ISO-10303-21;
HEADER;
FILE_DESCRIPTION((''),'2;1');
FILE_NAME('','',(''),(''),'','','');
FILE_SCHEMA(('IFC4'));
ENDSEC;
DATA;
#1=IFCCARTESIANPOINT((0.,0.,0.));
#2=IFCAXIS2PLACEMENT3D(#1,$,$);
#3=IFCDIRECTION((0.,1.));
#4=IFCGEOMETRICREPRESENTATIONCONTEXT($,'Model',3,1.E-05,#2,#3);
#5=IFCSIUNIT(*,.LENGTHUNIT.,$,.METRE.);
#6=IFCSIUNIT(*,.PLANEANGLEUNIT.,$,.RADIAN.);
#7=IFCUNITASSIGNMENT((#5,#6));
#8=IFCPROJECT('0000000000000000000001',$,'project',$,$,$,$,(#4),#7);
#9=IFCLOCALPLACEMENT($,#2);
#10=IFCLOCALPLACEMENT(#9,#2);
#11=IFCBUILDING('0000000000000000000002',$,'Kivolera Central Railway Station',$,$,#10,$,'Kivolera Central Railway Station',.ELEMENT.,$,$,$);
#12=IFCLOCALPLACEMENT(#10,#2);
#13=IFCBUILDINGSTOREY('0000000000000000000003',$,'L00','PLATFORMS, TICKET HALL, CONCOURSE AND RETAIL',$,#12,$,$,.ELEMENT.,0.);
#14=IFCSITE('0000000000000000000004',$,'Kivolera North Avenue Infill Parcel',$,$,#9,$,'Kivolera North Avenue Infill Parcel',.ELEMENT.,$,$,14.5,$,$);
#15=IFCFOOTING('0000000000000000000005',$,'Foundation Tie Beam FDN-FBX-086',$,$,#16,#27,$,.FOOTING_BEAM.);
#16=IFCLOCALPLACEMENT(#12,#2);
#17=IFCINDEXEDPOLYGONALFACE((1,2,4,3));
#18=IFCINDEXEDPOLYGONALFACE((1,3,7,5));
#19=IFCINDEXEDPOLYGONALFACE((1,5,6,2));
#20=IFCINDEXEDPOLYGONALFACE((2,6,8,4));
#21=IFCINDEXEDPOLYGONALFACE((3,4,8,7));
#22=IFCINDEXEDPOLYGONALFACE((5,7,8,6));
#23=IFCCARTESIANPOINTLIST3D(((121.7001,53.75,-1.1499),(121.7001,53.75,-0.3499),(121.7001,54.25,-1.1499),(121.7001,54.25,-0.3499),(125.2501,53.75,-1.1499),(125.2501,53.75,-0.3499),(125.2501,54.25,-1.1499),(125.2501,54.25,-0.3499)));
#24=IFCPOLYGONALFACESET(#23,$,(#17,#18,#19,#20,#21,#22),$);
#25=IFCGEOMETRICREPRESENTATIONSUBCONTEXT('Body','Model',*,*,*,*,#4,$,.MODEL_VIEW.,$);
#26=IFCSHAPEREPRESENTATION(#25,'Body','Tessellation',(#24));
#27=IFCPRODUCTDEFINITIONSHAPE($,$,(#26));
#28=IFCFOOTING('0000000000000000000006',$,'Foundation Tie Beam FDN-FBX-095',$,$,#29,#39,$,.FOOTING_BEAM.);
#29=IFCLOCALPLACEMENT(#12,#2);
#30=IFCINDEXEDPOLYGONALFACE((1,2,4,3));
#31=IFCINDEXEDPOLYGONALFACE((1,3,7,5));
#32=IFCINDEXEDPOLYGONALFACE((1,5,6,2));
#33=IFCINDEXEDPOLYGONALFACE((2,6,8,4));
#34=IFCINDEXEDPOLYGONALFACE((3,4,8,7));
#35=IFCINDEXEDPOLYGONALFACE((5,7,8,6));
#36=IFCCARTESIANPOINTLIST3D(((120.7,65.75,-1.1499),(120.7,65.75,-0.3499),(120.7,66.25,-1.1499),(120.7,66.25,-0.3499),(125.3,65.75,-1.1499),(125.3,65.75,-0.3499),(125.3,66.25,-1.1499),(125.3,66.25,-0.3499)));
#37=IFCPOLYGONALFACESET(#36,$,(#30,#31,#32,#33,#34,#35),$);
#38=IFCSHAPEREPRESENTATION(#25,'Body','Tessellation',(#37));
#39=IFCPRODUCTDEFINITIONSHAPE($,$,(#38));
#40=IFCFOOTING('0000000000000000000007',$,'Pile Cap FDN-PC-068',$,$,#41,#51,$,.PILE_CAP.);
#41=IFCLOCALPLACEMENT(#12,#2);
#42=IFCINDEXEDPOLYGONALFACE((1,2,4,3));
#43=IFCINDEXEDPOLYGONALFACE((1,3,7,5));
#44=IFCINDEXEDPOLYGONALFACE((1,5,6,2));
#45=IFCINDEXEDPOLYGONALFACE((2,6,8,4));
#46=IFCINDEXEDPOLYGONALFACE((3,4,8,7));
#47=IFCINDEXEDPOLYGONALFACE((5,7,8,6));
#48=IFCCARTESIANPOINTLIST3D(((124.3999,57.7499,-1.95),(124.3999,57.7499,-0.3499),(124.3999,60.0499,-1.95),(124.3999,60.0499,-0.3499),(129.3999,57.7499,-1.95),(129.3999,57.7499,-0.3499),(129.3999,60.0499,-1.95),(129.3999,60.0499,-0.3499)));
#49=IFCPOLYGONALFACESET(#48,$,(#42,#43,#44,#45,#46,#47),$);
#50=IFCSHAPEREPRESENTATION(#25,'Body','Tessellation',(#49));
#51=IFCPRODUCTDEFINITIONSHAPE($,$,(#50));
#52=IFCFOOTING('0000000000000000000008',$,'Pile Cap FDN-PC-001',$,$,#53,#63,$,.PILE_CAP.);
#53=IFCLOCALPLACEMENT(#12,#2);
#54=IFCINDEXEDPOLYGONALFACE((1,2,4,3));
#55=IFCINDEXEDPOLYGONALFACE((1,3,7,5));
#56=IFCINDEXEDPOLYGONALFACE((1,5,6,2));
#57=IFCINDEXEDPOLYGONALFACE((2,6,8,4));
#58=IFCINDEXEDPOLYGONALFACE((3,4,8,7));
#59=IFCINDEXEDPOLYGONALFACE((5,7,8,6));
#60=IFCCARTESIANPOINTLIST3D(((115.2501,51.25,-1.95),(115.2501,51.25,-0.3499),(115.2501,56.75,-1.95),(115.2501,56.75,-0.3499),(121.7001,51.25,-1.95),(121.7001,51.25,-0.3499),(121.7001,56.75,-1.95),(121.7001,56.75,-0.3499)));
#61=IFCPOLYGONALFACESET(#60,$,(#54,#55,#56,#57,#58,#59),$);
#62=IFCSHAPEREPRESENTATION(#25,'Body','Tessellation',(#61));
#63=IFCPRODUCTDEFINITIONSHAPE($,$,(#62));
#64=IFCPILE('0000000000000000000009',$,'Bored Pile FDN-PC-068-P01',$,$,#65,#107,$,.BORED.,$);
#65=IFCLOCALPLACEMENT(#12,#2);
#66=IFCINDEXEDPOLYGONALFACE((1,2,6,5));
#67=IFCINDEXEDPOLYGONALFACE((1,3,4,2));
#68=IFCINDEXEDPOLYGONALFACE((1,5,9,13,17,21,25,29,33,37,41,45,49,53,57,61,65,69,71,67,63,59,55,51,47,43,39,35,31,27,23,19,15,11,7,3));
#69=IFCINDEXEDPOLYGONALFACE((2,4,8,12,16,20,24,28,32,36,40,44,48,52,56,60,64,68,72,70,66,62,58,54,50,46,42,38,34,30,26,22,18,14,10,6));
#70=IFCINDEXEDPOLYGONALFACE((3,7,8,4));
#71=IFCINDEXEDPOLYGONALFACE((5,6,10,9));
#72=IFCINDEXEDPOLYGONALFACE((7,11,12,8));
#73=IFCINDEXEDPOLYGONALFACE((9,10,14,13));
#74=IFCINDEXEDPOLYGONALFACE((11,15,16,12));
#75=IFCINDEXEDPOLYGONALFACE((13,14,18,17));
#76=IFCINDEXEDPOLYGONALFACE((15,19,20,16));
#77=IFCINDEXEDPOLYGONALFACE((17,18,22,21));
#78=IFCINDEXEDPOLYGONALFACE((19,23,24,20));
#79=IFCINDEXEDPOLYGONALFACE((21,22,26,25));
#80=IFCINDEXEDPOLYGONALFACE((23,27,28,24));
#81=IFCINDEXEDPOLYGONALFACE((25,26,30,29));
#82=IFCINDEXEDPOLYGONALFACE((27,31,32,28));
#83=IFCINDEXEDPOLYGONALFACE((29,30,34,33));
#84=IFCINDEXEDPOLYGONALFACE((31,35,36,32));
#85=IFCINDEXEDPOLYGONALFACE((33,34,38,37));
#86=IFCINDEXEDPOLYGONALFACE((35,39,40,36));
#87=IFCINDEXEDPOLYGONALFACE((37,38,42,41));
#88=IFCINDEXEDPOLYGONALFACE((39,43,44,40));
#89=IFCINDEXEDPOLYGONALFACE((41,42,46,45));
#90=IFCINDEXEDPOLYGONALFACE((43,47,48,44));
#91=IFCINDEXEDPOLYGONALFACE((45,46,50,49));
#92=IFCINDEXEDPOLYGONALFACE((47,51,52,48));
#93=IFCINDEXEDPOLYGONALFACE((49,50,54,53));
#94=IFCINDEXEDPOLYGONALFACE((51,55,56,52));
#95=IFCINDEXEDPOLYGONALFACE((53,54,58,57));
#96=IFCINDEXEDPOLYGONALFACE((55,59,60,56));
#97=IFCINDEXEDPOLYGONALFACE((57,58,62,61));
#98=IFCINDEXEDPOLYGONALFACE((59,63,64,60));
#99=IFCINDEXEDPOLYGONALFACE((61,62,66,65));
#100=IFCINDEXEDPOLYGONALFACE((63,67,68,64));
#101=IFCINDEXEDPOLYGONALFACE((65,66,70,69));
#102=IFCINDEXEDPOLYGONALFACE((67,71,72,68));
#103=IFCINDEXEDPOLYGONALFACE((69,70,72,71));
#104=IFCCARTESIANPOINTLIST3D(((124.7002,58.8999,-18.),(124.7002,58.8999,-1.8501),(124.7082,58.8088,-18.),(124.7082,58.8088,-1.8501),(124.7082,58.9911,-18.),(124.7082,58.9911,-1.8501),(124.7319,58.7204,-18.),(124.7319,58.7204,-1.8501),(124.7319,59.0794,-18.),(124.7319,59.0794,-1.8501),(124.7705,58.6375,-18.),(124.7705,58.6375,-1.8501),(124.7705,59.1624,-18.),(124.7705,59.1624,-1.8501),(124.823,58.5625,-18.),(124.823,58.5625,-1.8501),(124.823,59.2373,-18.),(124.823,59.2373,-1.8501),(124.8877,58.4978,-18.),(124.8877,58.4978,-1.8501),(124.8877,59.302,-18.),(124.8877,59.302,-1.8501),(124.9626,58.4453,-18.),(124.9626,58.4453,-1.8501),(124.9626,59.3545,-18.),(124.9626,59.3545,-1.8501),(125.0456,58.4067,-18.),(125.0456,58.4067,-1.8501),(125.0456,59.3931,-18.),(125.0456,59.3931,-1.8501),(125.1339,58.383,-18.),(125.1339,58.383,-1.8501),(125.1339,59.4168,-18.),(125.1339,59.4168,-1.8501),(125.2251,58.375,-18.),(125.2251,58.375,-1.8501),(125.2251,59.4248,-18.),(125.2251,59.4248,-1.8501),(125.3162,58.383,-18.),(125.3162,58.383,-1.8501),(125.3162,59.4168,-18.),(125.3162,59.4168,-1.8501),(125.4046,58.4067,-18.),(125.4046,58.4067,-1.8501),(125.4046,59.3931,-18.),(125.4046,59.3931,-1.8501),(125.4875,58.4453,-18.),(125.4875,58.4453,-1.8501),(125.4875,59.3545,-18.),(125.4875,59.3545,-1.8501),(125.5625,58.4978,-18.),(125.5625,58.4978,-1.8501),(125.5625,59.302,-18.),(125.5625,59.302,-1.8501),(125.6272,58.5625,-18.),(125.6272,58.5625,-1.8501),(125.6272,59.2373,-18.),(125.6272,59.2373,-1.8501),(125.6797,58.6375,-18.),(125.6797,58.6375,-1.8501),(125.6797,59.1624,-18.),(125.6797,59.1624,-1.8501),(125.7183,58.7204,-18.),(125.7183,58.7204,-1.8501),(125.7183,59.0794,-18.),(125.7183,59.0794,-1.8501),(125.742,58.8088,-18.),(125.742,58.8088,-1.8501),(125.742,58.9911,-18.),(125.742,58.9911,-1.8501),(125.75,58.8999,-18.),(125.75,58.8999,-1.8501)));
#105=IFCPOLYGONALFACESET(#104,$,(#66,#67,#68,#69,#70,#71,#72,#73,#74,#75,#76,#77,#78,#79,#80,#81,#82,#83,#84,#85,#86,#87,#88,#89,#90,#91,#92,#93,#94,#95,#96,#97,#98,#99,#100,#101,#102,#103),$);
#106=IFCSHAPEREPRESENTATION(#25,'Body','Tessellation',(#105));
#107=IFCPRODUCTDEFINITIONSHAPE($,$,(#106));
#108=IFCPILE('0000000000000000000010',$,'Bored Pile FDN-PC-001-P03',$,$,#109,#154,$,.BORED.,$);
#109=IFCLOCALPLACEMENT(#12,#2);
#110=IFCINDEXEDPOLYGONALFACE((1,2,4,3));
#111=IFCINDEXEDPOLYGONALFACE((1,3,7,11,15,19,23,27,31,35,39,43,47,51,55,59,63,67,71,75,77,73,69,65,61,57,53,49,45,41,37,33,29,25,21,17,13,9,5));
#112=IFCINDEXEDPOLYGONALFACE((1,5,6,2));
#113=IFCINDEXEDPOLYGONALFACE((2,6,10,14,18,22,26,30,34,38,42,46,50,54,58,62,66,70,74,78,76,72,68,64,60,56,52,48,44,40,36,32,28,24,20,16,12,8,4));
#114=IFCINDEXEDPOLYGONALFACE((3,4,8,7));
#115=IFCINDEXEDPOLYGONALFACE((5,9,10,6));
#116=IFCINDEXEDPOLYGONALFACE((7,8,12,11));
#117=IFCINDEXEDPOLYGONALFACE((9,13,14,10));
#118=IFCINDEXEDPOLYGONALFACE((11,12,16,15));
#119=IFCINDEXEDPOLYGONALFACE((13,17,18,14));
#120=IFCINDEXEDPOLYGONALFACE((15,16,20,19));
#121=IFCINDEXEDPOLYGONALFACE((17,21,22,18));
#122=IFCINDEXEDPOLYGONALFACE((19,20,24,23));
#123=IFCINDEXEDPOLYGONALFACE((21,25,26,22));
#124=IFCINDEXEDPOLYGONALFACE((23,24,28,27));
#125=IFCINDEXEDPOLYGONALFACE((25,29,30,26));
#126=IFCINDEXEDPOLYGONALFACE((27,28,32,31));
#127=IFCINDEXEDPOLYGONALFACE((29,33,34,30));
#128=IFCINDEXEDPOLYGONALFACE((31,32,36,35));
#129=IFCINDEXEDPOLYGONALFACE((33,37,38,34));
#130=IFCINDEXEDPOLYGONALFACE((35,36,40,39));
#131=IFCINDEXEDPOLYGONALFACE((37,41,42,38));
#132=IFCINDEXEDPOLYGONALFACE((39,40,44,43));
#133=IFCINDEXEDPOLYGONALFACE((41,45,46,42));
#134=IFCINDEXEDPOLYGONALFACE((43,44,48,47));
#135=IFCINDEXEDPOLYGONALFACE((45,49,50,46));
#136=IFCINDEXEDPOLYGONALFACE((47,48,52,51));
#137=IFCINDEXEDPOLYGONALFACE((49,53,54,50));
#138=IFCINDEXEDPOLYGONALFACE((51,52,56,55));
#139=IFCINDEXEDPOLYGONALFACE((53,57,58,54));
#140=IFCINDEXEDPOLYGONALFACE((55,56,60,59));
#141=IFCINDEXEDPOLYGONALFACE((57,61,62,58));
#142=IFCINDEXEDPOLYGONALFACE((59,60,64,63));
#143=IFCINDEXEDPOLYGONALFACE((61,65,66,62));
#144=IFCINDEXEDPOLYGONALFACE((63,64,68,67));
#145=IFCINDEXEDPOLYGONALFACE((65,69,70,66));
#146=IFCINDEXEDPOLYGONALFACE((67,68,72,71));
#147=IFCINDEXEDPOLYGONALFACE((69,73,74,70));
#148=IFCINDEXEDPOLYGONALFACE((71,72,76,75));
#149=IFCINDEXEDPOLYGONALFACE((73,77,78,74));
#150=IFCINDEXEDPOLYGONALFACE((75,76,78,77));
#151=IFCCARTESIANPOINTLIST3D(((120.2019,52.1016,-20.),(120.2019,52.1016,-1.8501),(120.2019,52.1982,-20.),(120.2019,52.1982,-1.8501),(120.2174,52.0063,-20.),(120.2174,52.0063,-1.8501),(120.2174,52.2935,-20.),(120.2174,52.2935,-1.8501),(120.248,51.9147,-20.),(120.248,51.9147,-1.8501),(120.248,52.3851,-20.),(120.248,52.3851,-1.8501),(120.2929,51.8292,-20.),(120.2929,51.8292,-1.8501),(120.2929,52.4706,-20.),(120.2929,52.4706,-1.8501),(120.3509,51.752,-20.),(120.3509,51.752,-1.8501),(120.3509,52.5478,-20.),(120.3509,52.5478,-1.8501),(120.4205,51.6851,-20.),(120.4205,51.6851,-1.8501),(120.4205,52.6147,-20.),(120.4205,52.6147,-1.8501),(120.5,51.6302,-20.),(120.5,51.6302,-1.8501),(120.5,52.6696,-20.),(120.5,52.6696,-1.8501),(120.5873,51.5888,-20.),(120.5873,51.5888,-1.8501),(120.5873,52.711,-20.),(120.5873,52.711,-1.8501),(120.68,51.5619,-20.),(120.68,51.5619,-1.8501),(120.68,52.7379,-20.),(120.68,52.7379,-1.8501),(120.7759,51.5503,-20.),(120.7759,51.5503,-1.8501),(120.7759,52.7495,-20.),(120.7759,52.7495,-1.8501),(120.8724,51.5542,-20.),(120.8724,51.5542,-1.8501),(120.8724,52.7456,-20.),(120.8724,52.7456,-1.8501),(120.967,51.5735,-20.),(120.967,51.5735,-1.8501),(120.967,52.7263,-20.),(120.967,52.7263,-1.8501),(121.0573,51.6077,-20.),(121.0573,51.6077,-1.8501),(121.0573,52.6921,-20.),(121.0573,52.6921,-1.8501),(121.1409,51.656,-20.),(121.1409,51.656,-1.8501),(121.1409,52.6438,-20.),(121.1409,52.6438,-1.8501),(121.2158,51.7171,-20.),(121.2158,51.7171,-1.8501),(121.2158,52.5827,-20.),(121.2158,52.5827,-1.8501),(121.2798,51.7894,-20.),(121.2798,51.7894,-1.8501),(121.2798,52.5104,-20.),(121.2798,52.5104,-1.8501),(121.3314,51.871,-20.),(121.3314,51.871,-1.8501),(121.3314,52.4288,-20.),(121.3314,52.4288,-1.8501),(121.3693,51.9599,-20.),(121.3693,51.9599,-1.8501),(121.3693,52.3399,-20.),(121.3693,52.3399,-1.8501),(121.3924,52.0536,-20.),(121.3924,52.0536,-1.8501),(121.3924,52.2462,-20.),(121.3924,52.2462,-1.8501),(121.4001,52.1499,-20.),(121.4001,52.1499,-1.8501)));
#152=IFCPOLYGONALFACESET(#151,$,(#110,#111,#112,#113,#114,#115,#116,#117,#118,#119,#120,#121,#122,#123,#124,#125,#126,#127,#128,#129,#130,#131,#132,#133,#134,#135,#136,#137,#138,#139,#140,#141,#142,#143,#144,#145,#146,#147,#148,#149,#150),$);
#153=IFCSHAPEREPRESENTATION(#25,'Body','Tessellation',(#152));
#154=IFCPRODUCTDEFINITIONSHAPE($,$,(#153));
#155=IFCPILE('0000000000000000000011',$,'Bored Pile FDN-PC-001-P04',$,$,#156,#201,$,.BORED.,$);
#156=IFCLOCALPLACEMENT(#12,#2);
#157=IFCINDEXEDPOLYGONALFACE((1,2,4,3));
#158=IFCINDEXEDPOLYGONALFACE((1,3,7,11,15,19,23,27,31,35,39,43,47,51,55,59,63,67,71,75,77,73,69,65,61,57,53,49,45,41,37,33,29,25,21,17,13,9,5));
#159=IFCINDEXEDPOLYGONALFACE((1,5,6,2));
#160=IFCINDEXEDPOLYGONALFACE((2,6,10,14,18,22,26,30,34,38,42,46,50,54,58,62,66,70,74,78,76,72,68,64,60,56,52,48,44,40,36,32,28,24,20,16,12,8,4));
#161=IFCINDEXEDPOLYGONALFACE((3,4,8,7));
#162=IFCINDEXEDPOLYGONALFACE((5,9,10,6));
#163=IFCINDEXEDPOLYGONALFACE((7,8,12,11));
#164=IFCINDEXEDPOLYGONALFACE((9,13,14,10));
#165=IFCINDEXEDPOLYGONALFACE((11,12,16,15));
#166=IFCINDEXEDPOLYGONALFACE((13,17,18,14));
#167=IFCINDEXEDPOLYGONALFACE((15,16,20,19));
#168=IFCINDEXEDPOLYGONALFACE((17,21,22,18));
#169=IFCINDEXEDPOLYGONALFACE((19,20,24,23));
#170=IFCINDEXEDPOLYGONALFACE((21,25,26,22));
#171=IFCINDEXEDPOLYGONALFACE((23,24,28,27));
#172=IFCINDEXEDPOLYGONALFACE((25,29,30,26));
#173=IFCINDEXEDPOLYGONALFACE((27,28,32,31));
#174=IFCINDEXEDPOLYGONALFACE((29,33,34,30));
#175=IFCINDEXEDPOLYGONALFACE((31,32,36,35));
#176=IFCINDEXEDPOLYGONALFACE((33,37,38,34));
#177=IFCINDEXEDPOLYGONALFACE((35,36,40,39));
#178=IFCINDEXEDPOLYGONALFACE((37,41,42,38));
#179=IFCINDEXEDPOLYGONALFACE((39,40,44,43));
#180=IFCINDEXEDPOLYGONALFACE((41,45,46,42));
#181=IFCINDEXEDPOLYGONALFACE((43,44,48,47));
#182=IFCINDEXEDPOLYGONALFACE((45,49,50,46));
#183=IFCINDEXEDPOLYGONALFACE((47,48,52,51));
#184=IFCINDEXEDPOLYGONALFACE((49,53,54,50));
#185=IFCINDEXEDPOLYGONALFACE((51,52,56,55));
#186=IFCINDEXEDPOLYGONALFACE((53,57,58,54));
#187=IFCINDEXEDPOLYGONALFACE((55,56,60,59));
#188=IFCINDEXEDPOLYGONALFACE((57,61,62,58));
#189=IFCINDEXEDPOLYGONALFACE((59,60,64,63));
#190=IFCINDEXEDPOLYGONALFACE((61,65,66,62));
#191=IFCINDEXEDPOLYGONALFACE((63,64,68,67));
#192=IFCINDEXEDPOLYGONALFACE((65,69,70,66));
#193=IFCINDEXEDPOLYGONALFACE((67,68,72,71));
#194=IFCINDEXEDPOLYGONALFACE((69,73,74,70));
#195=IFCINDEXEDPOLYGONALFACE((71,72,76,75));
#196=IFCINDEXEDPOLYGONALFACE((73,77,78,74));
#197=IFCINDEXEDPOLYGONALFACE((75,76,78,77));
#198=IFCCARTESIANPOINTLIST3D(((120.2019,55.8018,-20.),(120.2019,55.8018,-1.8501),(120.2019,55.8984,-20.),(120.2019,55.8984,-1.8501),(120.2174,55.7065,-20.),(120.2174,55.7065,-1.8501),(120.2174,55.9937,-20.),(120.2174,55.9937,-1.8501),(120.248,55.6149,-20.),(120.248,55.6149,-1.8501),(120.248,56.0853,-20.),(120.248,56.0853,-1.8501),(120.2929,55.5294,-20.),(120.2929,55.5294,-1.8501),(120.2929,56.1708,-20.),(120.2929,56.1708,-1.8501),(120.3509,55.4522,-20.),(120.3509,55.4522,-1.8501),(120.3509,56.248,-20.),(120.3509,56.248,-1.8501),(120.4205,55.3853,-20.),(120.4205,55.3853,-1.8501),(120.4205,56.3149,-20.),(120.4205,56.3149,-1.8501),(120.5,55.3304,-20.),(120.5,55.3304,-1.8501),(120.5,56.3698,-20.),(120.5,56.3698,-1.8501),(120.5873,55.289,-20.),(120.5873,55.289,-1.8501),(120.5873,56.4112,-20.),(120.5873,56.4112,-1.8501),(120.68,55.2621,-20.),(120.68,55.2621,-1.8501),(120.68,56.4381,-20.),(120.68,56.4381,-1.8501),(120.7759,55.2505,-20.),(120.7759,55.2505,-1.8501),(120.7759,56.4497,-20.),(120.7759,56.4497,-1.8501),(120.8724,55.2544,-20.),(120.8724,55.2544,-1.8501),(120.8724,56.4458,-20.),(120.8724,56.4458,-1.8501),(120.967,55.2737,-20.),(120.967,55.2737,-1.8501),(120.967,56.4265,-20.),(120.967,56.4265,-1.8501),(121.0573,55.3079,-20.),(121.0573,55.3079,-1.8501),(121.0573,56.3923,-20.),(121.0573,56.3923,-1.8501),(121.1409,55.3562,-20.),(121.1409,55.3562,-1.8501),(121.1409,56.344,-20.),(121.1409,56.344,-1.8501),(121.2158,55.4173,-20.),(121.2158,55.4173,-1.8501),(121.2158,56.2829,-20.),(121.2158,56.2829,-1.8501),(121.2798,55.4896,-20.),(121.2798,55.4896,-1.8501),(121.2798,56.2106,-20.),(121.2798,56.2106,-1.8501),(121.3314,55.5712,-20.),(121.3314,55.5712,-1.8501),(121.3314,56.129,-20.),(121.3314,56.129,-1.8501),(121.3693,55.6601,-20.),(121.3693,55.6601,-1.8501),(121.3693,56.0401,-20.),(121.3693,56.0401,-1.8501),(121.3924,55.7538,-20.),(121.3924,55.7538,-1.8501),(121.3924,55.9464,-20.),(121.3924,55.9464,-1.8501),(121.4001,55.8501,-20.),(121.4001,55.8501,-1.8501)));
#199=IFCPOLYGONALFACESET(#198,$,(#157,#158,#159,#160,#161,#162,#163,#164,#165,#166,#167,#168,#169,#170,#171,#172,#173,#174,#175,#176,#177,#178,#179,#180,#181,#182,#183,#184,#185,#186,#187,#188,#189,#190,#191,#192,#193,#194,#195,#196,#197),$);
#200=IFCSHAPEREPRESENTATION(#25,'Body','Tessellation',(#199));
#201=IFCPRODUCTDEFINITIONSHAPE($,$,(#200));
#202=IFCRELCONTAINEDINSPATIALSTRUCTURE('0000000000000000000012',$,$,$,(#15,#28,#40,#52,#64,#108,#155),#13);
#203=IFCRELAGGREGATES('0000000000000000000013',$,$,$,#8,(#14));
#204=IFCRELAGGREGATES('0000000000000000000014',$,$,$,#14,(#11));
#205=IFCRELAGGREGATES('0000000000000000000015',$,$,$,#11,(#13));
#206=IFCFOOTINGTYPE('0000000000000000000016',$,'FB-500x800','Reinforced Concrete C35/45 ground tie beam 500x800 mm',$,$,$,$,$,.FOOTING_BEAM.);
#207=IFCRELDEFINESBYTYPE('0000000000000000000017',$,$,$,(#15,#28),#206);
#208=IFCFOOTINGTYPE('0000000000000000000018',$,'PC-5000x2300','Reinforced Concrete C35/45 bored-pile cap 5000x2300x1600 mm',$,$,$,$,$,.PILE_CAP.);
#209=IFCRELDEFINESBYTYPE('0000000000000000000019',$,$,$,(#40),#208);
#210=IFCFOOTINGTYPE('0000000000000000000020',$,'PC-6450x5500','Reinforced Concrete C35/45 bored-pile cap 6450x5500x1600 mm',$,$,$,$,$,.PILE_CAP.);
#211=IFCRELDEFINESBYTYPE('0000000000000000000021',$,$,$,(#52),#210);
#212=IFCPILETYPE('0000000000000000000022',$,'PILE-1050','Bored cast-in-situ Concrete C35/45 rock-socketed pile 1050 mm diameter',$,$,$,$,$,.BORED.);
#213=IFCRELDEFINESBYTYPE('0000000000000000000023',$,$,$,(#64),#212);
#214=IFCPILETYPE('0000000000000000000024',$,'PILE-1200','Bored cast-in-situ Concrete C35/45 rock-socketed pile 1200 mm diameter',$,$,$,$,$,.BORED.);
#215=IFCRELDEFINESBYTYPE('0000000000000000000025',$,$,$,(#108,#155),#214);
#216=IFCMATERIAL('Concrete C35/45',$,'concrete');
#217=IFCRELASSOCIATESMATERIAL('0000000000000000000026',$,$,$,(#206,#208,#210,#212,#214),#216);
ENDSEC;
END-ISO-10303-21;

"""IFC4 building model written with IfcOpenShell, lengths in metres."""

from ifc_helpers import new_model, si_unit, direction, frame, origin, origin_2d, place, context, subcontext, project, spatial, rectangle, circle, extrude, material, material_profile, profile_set, type_object, element, save


model = new_model("IFC4")

# Units and contexts
model_context = context("Model", 3, precision=1e-05, world=origin(), true_north=direction((0.0, 1.0)))
body_context = subcontext(model_context, "Body", "Model", "MODEL_VIEW")
ifc_project = project(units=[si_unit("LENGTHUNIT", "METRE"), si_unit("PLANEANGLEUNIT", "RADIAN")], contexts=[model_context])

# Site, building, storey
site_placement = place(None, origin())
site = spatial("IfcSite", under=ifc_project, at=site_placement, Name="Kivolera North Avenue Infill Parcel", LongName="Kivolera North Avenue Infill Parcel", CompositionType="ELEMENT", RefElevation=14.5)
building_placement = place(site_placement, origin())
building = spatial("IfcBuilding", under=site, at=building_placement, Name="Kivolera Central Railway Station", LongName="Kivolera Central Railway Station", CompositionType="ELEMENT")
storey_placement = place(building_placement, origin())
storey = spatial("IfcBuildingStorey", under=building, at=storey_placement, Name="L00", Description="PLATFORMS, TICKET HALL, CONCOURSE AND RETAIL", CompositionType="ELEMENT", Elevation=0.0)

# Footings
ifc_material_1 = material(Name="Concrete C35/45", Category="concrete")
footing_type_1 = type_object("IfcFootingType", Name="FB-500x800", Description="Reinforced Concrete C35/45 ground tie beam 500x800 mm", PredefinedType="FOOTING_BEAM", material=ifc_material_1)
footing_1_placement = place(storey_placement, frame((123.4751, 54.0, -1.1499), z_axis=(0.0, 0.0, 1.0), x_axis=(1.0, 0.0, 0.0)))
element("IfcFooting", 1, at=footing_1_placement, inside=storey, type_object=footing_type_1, Name="Foundation Tie Beam FDN-FBX-086", PredefinedType="FOOTING_BEAM", context=body_context, shape_type="SweptSolid", body=[
    extrude(rectangle(XDim=3.55, YDim=0.5, at=origin_2d()), origin(), (0.0, 0.0, 1.0), 0.8),
])
footing_2_placement = place(storey_placement, frame((123.0, 66.0, -1.1499), z_axis=(0.0, 0.0, 1.0), x_axis=(1.0, 0.0, 0.0)))
element("IfcFooting", 2, at=footing_2_placement, inside=storey, type_object=footing_type_1, Name="Foundation Tie Beam FDN-FBX-095", PredefinedType="FOOTING_BEAM", context=body_context, shape_type="SweptSolid", body=[
    extrude(rectangle(XDim=4.6001, YDim=0.5, at=origin_2d()), origin(), (0.0, 0.0, 1.0), 0.8),
])
footing_type_2 = type_object("IfcFootingType", Name="PC-5000x2300", Description="Reinforced Concrete C35/45 bored-pile cap 5000x2300x1600 mm", PredefinedType="PILE_CAP", material=ifc_material_1)
footing_3_placement = place(storey_placement, frame((126.8999, 58.8999, -1.95), z_axis=(0.0, 0.0, 1.0), x_axis=(1.0, 0.0, 0.0)))
element("IfcFooting", 3, at=footing_3_placement, inside=storey, type_object=footing_type_2, Name="Pile Cap FDN-PC-068", PredefinedType="PILE_CAP", context=body_context, shape_type="SweptSolid", body=[
    extrude(rectangle(XDim=5.0, YDim=2.3, at=origin_2d()), origin(), (0.0, 0.0, 1.0), 1.6001),
])
footing_type_3 = type_object("IfcFootingType", Name="PC-6450x5500", Description="Reinforced Concrete C35/45 bored-pile cap 6450x5500x1600 mm", PredefinedType="PILE_CAP", material=ifc_material_1)
footing_4_placement = place(storey_placement, frame((118.4751, 54.0, -1.95), z_axis=(0.0, 0.0, 1.0), x_axis=(1.0, 0.0, 0.0)))
element("IfcFooting", 4, at=footing_4_placement, inside=storey, type_object=footing_type_3, Name="Pile Cap FDN-PC-001", PredefinedType="PILE_CAP", context=body_context, shape_type="SweptSolid", body=[
    extrude(rectangle(XDim=6.45, YDim=5.5, at=origin_2d()), origin(), (0.0, 0.0, 1.0), 1.6001),
])

# Piles
ifc_material_profile_1 = material_profile(ifc_material_1, circle(Radius=0.5249, at=origin_2d()), Name="PILE D1050")
ifc_profile_set_1 = profile_set([ifc_material_profile_1], Name="Concrete C35/45")
pile_type_1 = type_object("IfcPileType", Name="PILE-1050", Description="Bored cast-in-situ Concrete C35/45 rock-socketed pile 1050 mm diameter", PredefinedType="BORED", material=ifc_profile_set_1)
pile_placement = place(storey_placement, frame((125.2251, 58.8999, -1.8501), z_axis=(0.0, 0.0, -1.0), x_axis=(1.0, 0.0, 0.0)))
element("IfcPile", 5, at=pile_placement, inside=storey, type_object=pile_type_1, Name="Bored Pile FDN-PC-068-P01", PredefinedType="BORED", context=body_context, shape_type="SweptSolid", body=[
    extrude(circle(Radius=0.5249, at=origin_2d()), origin(), (0.0, 0.0, 1.0), 16.1499),
])
ifc_material_profile_2 = material_profile(ifc_material_1, circle(Radius=0.6001, at=origin_2d()), Name="PILE D1200")
ifc_profile_set_2 = profile_set([ifc_material_profile_2], Name="Concrete C35/45")
pile_type_2 = type_object("IfcPileType", Name="PILE-1200", Description="Bored cast-in-situ Concrete C35/45 rock-socketed pile 1200 mm diameter", PredefinedType="BORED", material=ifc_profile_set_2)
for number, where, z_axis, x_axis, name in (
    (6, (120.8, 52.1499, -1.8501), (0.0, 0.0, -1.0), (1.0, 0.0, 0.0), "Bored Pile FDN-PC-001-P03"),
    (7, (120.8, 55.8501, -1.8501), (0.0, 0.0, -1.0), (1.0, 0.0, 0.0), "Bored Pile FDN-PC-001-P04"),
):
    element("IfcPile", number, at=place(storey_placement, frame(where, z_axis=z_axis, x_axis=x_axis)), inside=storey, type_object=pile_type_2, Name=name, PredefinedType="BORED", context=body_context, shape_type="SweptSolid", body=[
        extrude(circle(Radius=0.6001, at=origin_2d()), origin(), (0.0, 0.0, 1.0), 18.1499),
    ])

save(model, "model.ifc")
